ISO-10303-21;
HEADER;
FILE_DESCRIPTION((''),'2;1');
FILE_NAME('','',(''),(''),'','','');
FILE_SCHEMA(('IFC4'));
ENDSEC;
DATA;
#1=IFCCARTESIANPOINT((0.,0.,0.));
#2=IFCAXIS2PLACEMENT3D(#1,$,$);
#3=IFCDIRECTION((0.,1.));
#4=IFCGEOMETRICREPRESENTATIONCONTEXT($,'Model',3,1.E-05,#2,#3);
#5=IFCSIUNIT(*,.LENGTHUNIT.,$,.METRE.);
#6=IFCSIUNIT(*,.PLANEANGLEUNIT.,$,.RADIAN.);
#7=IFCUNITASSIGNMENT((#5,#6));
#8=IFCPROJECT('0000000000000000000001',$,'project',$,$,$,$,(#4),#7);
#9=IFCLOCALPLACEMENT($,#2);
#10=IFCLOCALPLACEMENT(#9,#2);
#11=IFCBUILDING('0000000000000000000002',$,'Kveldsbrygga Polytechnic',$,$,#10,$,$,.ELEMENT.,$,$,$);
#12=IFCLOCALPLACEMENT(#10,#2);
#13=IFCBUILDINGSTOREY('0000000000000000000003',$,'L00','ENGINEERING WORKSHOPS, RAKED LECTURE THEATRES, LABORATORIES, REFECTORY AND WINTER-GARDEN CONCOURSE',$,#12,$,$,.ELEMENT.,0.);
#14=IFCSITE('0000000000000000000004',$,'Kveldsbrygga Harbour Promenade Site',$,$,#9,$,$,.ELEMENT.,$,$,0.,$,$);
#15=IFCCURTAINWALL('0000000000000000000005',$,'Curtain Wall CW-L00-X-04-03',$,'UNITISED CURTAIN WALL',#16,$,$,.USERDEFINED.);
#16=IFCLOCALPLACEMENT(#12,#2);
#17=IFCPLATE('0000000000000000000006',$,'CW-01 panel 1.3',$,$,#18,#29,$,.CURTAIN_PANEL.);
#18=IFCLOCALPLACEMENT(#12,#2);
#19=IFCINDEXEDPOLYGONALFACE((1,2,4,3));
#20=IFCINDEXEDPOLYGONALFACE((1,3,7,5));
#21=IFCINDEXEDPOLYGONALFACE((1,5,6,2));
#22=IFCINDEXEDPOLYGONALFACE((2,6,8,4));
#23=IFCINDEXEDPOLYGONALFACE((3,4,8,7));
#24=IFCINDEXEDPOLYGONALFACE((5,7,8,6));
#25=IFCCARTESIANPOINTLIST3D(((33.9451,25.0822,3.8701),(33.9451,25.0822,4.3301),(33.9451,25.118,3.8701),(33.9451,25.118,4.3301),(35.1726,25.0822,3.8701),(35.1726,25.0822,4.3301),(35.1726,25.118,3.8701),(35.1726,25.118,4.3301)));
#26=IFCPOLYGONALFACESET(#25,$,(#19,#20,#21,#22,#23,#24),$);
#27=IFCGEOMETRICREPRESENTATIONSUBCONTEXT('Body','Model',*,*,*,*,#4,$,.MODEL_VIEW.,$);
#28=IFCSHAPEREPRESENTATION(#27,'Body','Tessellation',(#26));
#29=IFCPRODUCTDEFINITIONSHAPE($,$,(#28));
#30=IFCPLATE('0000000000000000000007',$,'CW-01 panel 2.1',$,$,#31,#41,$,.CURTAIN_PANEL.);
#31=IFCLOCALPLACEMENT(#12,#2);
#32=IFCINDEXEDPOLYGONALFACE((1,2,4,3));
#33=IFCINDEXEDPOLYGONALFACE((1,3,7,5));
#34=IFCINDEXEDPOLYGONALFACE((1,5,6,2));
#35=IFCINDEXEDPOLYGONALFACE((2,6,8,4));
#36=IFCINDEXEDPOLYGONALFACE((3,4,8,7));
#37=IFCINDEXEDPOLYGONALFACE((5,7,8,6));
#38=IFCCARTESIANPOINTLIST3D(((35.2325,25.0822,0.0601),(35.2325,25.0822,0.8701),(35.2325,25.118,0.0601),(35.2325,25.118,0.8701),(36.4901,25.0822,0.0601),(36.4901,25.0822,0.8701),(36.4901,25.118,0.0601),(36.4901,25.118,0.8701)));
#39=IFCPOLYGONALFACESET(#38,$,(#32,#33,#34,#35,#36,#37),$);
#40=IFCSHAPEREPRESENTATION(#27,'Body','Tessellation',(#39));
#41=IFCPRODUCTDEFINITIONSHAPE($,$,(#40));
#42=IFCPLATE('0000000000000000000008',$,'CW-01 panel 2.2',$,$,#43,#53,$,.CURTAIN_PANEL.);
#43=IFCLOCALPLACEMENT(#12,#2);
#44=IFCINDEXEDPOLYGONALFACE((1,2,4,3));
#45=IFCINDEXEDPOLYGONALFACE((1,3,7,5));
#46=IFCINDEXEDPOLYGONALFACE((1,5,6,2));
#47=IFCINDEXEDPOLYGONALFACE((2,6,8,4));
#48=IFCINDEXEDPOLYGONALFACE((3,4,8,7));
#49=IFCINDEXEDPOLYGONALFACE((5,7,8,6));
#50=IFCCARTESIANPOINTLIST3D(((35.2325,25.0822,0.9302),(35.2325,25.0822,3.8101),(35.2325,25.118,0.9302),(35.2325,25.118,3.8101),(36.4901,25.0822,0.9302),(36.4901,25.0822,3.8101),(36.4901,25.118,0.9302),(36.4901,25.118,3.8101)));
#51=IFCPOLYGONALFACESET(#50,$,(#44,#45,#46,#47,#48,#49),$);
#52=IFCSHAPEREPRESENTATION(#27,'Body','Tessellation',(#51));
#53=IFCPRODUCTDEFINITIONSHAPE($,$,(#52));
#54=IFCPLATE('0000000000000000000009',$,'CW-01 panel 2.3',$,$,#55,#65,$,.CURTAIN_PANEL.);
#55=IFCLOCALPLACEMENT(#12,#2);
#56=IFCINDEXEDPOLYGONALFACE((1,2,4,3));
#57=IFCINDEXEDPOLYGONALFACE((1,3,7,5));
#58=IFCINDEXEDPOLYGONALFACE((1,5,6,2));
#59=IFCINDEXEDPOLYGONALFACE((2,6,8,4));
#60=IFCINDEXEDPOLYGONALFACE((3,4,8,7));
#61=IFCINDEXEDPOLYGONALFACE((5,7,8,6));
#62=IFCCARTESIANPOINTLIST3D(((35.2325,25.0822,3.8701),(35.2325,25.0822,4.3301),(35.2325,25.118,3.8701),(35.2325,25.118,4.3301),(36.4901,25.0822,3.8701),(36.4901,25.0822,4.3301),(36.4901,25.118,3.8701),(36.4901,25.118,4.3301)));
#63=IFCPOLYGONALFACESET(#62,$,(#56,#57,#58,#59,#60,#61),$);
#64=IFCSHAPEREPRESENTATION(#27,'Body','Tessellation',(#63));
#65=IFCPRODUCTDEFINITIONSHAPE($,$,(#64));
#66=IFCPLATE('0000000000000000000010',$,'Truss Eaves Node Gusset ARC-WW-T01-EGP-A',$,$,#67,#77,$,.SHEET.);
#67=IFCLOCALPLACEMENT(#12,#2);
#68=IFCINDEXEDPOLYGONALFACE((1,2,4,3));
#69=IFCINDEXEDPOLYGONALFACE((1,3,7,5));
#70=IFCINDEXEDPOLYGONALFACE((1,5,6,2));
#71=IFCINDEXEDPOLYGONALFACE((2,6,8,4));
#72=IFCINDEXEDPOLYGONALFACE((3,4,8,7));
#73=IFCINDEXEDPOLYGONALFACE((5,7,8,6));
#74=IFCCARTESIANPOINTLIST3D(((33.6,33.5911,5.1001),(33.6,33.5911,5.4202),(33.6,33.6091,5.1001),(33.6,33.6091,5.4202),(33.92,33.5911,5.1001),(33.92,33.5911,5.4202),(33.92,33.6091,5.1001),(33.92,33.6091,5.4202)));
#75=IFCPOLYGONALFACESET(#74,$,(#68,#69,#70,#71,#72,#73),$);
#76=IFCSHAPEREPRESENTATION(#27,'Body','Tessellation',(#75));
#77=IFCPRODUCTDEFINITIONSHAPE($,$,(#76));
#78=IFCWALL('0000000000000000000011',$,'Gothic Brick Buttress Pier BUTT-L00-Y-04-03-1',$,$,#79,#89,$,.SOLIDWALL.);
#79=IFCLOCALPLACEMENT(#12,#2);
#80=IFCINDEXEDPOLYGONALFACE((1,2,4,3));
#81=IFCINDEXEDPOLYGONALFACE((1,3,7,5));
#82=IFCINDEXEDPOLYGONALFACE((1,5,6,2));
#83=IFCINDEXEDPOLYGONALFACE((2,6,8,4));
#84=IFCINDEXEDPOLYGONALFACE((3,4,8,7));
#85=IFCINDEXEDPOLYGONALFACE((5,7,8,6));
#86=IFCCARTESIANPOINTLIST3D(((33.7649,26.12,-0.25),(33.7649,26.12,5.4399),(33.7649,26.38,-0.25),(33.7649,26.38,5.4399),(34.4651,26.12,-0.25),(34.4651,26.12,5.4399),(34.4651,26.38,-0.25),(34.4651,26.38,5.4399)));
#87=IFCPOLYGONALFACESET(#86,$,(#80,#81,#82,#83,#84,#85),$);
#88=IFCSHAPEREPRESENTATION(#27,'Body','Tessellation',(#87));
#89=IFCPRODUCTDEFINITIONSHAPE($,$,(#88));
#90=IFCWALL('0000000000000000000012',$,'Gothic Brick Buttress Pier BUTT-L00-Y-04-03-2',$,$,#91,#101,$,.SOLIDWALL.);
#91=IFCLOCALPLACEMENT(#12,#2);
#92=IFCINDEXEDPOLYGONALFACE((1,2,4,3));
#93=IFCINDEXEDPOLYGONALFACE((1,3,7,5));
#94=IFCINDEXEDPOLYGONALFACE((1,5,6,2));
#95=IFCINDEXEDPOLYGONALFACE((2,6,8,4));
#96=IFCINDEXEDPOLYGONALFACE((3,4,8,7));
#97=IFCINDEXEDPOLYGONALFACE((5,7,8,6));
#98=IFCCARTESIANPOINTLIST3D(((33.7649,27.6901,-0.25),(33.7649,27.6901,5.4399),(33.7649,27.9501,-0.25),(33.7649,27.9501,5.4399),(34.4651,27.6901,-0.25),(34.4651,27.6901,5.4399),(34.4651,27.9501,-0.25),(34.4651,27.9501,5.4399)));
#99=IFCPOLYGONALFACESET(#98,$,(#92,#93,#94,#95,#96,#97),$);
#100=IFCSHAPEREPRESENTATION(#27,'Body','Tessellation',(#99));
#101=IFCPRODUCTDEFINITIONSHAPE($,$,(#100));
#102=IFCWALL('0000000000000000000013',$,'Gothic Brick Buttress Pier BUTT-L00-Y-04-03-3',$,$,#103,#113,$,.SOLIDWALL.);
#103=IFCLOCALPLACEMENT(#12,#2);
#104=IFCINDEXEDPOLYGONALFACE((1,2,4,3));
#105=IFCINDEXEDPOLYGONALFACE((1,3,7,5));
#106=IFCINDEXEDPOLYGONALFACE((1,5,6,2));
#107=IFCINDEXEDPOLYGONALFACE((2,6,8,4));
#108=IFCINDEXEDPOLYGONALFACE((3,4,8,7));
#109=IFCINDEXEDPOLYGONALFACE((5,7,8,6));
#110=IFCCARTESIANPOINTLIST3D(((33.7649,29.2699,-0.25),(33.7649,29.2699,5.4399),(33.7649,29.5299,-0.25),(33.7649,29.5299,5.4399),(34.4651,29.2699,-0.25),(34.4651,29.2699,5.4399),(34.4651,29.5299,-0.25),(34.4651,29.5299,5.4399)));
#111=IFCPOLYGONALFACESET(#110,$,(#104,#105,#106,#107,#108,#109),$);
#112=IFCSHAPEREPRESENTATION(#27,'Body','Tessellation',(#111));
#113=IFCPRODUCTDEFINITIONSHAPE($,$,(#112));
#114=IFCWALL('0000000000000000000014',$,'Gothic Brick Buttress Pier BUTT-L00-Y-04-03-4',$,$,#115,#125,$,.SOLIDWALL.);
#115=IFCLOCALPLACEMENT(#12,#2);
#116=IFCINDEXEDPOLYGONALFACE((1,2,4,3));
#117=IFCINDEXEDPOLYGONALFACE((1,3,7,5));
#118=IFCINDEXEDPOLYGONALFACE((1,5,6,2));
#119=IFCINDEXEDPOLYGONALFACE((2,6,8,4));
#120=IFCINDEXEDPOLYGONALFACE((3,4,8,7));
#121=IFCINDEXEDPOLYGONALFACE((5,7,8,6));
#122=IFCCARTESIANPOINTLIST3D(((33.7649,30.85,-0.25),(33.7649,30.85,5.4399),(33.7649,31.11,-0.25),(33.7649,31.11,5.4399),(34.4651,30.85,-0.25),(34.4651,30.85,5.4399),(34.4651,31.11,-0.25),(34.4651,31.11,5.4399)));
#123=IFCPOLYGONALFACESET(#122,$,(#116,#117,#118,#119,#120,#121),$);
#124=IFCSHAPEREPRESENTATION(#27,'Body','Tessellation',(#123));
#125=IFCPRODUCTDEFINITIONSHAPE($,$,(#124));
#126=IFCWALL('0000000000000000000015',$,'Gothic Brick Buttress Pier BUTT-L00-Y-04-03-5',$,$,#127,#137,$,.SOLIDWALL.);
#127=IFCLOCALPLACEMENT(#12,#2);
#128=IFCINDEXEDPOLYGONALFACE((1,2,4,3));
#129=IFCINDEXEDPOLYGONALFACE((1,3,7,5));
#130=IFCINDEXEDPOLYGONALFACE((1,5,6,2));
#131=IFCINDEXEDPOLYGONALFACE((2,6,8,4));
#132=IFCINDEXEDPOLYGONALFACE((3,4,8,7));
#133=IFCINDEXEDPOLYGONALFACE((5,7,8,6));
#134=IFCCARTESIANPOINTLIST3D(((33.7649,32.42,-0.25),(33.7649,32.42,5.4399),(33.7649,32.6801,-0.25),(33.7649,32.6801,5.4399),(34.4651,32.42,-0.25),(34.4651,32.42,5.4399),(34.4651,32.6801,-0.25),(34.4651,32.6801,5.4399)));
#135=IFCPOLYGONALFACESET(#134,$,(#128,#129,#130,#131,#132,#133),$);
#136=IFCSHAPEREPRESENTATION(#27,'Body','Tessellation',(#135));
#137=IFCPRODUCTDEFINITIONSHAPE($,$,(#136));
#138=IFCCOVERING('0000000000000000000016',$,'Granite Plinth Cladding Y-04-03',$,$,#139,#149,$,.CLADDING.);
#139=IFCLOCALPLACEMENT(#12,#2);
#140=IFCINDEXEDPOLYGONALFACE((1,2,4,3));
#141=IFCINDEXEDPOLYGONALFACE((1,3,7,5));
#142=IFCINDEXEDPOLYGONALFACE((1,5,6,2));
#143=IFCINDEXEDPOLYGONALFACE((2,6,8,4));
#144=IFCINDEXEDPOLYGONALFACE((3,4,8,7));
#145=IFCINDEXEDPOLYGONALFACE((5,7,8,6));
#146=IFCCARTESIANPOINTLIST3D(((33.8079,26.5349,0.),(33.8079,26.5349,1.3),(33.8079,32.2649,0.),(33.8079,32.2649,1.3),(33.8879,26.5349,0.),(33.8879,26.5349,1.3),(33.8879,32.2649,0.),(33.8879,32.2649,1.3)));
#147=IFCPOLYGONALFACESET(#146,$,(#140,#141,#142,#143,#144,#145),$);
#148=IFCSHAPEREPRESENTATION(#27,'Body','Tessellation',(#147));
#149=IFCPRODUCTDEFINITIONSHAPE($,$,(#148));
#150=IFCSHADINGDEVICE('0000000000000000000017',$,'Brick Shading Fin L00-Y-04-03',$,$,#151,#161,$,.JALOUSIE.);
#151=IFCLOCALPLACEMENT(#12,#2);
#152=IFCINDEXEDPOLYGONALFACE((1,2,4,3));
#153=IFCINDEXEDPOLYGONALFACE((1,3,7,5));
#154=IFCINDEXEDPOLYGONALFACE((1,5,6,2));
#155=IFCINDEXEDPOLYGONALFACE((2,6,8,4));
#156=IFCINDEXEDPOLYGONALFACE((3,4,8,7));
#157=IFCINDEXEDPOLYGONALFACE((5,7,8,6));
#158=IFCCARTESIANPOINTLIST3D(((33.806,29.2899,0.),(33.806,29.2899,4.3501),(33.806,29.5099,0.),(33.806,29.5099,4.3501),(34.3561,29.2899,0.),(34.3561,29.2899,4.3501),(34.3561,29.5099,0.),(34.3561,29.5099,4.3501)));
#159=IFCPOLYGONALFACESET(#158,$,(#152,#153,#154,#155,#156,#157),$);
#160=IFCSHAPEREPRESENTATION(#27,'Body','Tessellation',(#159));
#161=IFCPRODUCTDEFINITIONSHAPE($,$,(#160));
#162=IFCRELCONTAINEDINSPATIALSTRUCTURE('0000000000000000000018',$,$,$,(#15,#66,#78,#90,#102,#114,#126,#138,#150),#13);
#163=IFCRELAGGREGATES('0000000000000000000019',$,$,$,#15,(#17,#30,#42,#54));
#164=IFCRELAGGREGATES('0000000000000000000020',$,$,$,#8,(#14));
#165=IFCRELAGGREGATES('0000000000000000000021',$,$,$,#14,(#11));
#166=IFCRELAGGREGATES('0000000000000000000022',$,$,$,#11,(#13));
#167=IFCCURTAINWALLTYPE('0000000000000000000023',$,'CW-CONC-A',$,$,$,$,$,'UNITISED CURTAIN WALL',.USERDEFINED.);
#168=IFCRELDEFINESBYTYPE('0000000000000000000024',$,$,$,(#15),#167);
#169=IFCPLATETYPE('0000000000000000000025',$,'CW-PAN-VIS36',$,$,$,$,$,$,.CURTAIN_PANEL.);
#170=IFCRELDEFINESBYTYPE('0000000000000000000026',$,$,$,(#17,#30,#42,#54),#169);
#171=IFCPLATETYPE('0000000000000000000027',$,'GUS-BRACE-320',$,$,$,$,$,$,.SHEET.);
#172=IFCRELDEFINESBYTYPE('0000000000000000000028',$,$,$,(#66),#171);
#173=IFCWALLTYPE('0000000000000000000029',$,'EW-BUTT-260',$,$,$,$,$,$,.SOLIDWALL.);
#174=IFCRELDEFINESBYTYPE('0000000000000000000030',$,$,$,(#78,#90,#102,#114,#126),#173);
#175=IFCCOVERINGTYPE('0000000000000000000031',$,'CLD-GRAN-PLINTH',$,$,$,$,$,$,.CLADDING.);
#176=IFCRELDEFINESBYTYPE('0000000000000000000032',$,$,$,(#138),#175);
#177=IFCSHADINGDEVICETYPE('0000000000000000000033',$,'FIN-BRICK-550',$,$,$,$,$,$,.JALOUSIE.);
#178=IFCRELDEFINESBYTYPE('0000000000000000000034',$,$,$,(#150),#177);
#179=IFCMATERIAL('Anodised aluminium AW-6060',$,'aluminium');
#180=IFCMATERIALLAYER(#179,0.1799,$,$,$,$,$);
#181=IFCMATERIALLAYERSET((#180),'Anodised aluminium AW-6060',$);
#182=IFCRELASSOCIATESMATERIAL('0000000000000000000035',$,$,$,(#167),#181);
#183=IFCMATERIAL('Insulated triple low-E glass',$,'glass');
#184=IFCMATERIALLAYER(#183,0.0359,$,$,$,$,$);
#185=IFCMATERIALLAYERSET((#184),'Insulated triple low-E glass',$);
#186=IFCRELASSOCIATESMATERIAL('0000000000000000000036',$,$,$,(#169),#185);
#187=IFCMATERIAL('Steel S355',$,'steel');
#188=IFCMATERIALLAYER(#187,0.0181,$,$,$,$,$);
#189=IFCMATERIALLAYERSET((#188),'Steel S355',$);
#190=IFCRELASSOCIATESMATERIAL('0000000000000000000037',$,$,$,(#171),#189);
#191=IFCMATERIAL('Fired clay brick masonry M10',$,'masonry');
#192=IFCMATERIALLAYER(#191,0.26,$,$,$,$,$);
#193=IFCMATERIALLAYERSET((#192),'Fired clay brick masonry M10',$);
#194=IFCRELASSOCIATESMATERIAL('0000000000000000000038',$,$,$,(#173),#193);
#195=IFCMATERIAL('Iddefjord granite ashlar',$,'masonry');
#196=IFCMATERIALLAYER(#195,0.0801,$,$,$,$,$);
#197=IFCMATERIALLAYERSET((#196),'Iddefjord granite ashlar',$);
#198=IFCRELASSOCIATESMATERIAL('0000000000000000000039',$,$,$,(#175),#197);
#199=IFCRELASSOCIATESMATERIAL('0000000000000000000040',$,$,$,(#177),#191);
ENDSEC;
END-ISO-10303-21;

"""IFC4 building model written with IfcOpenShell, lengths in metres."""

from ifc_helpers import new_model, si_unit, direction, frame, frame_2d, origin, origin_2d, place, context, subcontext, project, spatial, rectangle, extrude, material, layer, layer_set, type_object, element, aggregate, save


model = new_model("IFC4")

# Units and contexts
model_context = context("Model", 3, precision=1e-05, world=origin(), true_north=direction((0.0, 1.0)))
body_context = subcontext(model_context, "Body", "Model", "MODEL_VIEW")
ifc_project = project(units=[si_unit("LENGTHUNIT", "METRE"), si_unit("PLANEANGLEUNIT", "RADIAN")], contexts=[model_context])

# Site, building, storey
site_placement = place(None, origin())
site = spatial("IfcSite", under=ifc_project, at=site_placement, Name="Kveldsbrygga Harbour Promenade Site", CompositionType="ELEMENT", RefElevation=0.0)
building_placement = place(site_placement, origin())
building = spatial("IfcBuilding", under=site, at=building_placement, Name="Kveldsbrygga Polytechnic", CompositionType="ELEMENT")
storey_placement = place(building_placement, origin())
storey = spatial("IfcBuildingStorey", under=building, at=storey_placement, Name="L00", Description="ENGINEERING WORKSHOPS, RAKED LECTURE THEATRES, LABORATORIES, REFECTORY AND WINTER-GARDEN CONCOURSE", CompositionType="ELEMENT", Elevation=0.0)

# Shared definitions
ifc_material_1 = material(Name="Steel S355", Category="steel")

# Curtain wall
ifc_material_2 = material(Name="Anodised aluminium AW-6060", Category="aluminium")
ifc_layer_1 = layer(ifc_material_2, 0.1799)
ifc_layer_set_1 = layer_set([ifc_layer_1], Name="Anodised aluminium AW-6060")
curtain_wall_type = type_object("IfcCurtainWallType", Name="CW-CONC-A", ElementType="UNITISED CURTAIN WALL", PredefinedType="USERDEFINED", material=ifc_layer_set_1)
curtain_wall_placement = place(storey_placement, origin())
curtain_wall = element("IfcCurtainWall", 1, at=curtain_wall_placement, inside=storey, type_object=curtain_wall_type, Name="Curtain Wall CW-L00-X-04-03", ObjectType="UNITISED CURTAIN WALL", PredefinedType="USERDEFINED")

# Plates
ifc_material_3 = material(Name="Insulated triple low-E glass", Category="glass")
ifc_layer_2 = layer(ifc_material_3, 0.0359)
ifc_layer_set_2 = layer_set([ifc_layer_2], Name="Insulated triple low-E glass")
plate_type_1 = type_object("IfcPlateType", Name="CW-PAN-VIS36", PredefinedType="CURTAIN_PANEL", material=ifc_layer_set_2)
plate_1_placement = place(storey_placement, frame((34.5588, 25.1001, 3.8701), z_axis=(0.0, 0.0, 1.0), x_axis=(1.0, 0.0, 0.0)))
plate_1 = element("IfcPlate", 2, at=plate_1_placement, type_object=plate_type_1, Name="CW-01 panel 1.3", PredefinedType="CURTAIN_PANEL", context=body_context, shape_type="SweptSolid", body=[
    extrude(rectangle(XDim=1.2275, YDim=0.0359, at=origin_2d()), origin(), (0.0, 0.0, 1.0), 0.46),
])
plate_2_placement = place(storey_placement, frame((35.8613, 25.1001, 0.0601), z_axis=(0.0, 0.0, 1.0), x_axis=(1.0, 0.0, 0.0)))
plate_2 = element("IfcPlate", 3, at=plate_2_placement, type_object=plate_type_1, Name="CW-01 panel 2.1", PredefinedType="CURTAIN_PANEL", context=body_context, shape_type="SweptSolid", body=[
    extrude(rectangle(XDim=1.2576, YDim=0.0359, at=origin_2d()), origin(), (0.0, 0.0, 1.0), 0.8101),
])
plate_3_placement = place(storey_placement, frame((35.8613, 25.1001, 0.9302), z_axis=(0.0, 0.0, 1.0), x_axis=(1.0, 0.0, 0.0)))
plate_3 = element("IfcPlate", 4, at=plate_3_placement, type_object=plate_type_1, Name="CW-01 panel 2.2", PredefinedType="CURTAIN_PANEL", context=body_context, shape_type="SweptSolid", body=[
    extrude(rectangle(XDim=1.2576, YDim=0.0359, at=origin_2d()), origin(), (0.0, 0.0, 1.0), 2.8799),
])
plate_4_placement = place(storey_placement, frame((35.8613, 25.1001, 3.8701), z_axis=(0.0, 0.0, 1.0), x_axis=(1.0, 0.0, 0.0)))
plate_4 = element("IfcPlate", 5, at=plate_4_placement, type_object=plate_type_1, Name="CW-01 panel 2.3", PredefinedType="CURTAIN_PANEL", context=body_context, shape_type="SweptSolid", body=[
    extrude(rectangle(XDim=1.2576, YDim=0.0359, at=origin_2d()), origin(), (0.0, 0.0, 1.0), 0.46),
])
aggregate(curtain_wall, [plate_1, plate_2, plate_3, plate_4])
ifc_layer_3 = layer(ifc_material_1, 0.0181)
ifc_layer_set_3 = layer_set([ifc_layer_3], Name="Steel S355")
plate_type_2 = type_object("IfcPlateType", Name="GUS-BRACE-320", PredefinedType="SHEET", material=ifc_layer_set_3)
plate_5_placement = place(storey_placement, frame((33.76, 33.6001, 5.1001), z_axis=(0.0, 0.0, 1.0), x_axis=(1.0, 0.0, 0.0)))
element("IfcPlate", 6, at=plate_5_placement, inside=storey, type_object=plate_type_2, Name="Truss Eaves Node Gusset ARC-WW-T01-EGP-A", PredefinedType="SHEET", context=body_context, shape_type="SweptSolid", body=[
    extrude(rectangle(XDim=0.3201, YDim=0.0181, at=origin_2d()), origin(), (0.0, 0.0, 1.0), 0.3201),
])

# Walls
ifc_material_4 = material(Name="Fired clay brick masonry M10", Category="masonry")
ifc_layer_4 = layer(ifc_material_4, 0.26)
ifc_layer_set_4 = layer_set([ifc_layer_4], Name="Fired clay brick masonry M10")
wall_type = type_object("IfcWallType", Name="EW-BUTT-260", PredefinedType="SOLIDWALL", material=ifc_layer_set_4)
for number, where, z_axis, x_axis, name in (
    (7, (33.7649, 26.25, -0.25), (0.0, 0.0, 1.0), (1.0, 0.0, 0.0), "Gothic Brick Buttress Pier BUTT-L00-Y-04-03-1"),
    (8, (33.7649, 27.8201, -0.25), (0.0, 0.0, 1.0), (1.0, 0.0, 0.0), "Gothic Brick Buttress Pier BUTT-L00-Y-04-03-2"),
    (9, (33.7649, 29.3999, -0.25), (0.0, 0.0, 1.0), (1.0, 0.0, 0.0), "Gothic Brick Buttress Pier BUTT-L00-Y-04-03-3"),
    (10, (33.7649, 30.98, -0.25), (0.0, 0.0, 1.0), (1.0, 0.0, 0.0), "Gothic Brick Buttress Pier BUTT-L00-Y-04-03-4"),
    (11, (33.7649, 32.55, -0.25), (0.0, 0.0, 1.0), (1.0, 0.0, 0.0), "Gothic Brick Buttress Pier BUTT-L00-Y-04-03-5"),
):
    element("IfcWall", number, at=place(storey_placement, frame(where, z_axis=z_axis, x_axis=x_axis)), inside=storey, type_object=wall_type, Name=name, PredefinedType="SOLIDWALL", context=body_context, shape_type="SweptSolid", body=[
        extrude(rectangle(XDim=0.7002, YDim=0.26, at=frame_2d((0.3501, 0.0))), origin(), (0.0, 0.0, 1.0), 5.6899),
    ])

# Covering
ifc_material_5 = material(Name="Iddefjord granite ashlar", Category="masonry")
ifc_layer_5 = layer(ifc_material_5, 0.0801)
ifc_layer_set_5 = layer_set([ifc_layer_5], Name="Iddefjord granite ashlar")
covering_type = type_object("IfcCoveringType", Name="CLD-GRAN-PLINTH", PredefinedType="CLADDING", material=ifc_layer_set_5)
covering_placement = place(storey_placement, frame((33.8479, 29.3999, 0.0), z_axis=(0.0, 0.0, 1.0), x_axis=(0.0, 1.0, 0.0)))
element("IfcCovering", 12, at=covering_placement, inside=storey, type_object=covering_type, Name="Granite Plinth Cladding Y-04-03", PredefinedType="CLADDING", context=body_context, shape_type="SweptSolid", body=[
    extrude(rectangle(XDim=5.73, YDim=0.0801, at=origin_2d()), origin(), (0.0, 0.0, 1.0), 1.3),
])

# Shading device
shading_device_type = type_object("IfcShadingDeviceType", Name="FIN-BRICK-550", PredefinedType="JALOUSIE", material=ifc_material_4)
shading_device_placement = place(storey_placement, frame((34.0811, 29.3999, 0.0), z_axis=(0.0, 0.0, 1.0), x_axis=(0.0, 1.0, 0.0)))
element("IfcShadingDevice", 13, at=shading_device_placement, inside=storey, type_object=shading_device_type, Name="Brick Shading Fin L00-Y-04-03", PredefinedType="JALOUSIE", context=body_context, shape_type="SweptSolid", body=[
    extrude(rectangle(XDim=0.22, YDim=0.55, at=origin_2d()), origin(), (0.0, 0.0, 1.0), 4.3501),
])

save(model, "model.ifc")
